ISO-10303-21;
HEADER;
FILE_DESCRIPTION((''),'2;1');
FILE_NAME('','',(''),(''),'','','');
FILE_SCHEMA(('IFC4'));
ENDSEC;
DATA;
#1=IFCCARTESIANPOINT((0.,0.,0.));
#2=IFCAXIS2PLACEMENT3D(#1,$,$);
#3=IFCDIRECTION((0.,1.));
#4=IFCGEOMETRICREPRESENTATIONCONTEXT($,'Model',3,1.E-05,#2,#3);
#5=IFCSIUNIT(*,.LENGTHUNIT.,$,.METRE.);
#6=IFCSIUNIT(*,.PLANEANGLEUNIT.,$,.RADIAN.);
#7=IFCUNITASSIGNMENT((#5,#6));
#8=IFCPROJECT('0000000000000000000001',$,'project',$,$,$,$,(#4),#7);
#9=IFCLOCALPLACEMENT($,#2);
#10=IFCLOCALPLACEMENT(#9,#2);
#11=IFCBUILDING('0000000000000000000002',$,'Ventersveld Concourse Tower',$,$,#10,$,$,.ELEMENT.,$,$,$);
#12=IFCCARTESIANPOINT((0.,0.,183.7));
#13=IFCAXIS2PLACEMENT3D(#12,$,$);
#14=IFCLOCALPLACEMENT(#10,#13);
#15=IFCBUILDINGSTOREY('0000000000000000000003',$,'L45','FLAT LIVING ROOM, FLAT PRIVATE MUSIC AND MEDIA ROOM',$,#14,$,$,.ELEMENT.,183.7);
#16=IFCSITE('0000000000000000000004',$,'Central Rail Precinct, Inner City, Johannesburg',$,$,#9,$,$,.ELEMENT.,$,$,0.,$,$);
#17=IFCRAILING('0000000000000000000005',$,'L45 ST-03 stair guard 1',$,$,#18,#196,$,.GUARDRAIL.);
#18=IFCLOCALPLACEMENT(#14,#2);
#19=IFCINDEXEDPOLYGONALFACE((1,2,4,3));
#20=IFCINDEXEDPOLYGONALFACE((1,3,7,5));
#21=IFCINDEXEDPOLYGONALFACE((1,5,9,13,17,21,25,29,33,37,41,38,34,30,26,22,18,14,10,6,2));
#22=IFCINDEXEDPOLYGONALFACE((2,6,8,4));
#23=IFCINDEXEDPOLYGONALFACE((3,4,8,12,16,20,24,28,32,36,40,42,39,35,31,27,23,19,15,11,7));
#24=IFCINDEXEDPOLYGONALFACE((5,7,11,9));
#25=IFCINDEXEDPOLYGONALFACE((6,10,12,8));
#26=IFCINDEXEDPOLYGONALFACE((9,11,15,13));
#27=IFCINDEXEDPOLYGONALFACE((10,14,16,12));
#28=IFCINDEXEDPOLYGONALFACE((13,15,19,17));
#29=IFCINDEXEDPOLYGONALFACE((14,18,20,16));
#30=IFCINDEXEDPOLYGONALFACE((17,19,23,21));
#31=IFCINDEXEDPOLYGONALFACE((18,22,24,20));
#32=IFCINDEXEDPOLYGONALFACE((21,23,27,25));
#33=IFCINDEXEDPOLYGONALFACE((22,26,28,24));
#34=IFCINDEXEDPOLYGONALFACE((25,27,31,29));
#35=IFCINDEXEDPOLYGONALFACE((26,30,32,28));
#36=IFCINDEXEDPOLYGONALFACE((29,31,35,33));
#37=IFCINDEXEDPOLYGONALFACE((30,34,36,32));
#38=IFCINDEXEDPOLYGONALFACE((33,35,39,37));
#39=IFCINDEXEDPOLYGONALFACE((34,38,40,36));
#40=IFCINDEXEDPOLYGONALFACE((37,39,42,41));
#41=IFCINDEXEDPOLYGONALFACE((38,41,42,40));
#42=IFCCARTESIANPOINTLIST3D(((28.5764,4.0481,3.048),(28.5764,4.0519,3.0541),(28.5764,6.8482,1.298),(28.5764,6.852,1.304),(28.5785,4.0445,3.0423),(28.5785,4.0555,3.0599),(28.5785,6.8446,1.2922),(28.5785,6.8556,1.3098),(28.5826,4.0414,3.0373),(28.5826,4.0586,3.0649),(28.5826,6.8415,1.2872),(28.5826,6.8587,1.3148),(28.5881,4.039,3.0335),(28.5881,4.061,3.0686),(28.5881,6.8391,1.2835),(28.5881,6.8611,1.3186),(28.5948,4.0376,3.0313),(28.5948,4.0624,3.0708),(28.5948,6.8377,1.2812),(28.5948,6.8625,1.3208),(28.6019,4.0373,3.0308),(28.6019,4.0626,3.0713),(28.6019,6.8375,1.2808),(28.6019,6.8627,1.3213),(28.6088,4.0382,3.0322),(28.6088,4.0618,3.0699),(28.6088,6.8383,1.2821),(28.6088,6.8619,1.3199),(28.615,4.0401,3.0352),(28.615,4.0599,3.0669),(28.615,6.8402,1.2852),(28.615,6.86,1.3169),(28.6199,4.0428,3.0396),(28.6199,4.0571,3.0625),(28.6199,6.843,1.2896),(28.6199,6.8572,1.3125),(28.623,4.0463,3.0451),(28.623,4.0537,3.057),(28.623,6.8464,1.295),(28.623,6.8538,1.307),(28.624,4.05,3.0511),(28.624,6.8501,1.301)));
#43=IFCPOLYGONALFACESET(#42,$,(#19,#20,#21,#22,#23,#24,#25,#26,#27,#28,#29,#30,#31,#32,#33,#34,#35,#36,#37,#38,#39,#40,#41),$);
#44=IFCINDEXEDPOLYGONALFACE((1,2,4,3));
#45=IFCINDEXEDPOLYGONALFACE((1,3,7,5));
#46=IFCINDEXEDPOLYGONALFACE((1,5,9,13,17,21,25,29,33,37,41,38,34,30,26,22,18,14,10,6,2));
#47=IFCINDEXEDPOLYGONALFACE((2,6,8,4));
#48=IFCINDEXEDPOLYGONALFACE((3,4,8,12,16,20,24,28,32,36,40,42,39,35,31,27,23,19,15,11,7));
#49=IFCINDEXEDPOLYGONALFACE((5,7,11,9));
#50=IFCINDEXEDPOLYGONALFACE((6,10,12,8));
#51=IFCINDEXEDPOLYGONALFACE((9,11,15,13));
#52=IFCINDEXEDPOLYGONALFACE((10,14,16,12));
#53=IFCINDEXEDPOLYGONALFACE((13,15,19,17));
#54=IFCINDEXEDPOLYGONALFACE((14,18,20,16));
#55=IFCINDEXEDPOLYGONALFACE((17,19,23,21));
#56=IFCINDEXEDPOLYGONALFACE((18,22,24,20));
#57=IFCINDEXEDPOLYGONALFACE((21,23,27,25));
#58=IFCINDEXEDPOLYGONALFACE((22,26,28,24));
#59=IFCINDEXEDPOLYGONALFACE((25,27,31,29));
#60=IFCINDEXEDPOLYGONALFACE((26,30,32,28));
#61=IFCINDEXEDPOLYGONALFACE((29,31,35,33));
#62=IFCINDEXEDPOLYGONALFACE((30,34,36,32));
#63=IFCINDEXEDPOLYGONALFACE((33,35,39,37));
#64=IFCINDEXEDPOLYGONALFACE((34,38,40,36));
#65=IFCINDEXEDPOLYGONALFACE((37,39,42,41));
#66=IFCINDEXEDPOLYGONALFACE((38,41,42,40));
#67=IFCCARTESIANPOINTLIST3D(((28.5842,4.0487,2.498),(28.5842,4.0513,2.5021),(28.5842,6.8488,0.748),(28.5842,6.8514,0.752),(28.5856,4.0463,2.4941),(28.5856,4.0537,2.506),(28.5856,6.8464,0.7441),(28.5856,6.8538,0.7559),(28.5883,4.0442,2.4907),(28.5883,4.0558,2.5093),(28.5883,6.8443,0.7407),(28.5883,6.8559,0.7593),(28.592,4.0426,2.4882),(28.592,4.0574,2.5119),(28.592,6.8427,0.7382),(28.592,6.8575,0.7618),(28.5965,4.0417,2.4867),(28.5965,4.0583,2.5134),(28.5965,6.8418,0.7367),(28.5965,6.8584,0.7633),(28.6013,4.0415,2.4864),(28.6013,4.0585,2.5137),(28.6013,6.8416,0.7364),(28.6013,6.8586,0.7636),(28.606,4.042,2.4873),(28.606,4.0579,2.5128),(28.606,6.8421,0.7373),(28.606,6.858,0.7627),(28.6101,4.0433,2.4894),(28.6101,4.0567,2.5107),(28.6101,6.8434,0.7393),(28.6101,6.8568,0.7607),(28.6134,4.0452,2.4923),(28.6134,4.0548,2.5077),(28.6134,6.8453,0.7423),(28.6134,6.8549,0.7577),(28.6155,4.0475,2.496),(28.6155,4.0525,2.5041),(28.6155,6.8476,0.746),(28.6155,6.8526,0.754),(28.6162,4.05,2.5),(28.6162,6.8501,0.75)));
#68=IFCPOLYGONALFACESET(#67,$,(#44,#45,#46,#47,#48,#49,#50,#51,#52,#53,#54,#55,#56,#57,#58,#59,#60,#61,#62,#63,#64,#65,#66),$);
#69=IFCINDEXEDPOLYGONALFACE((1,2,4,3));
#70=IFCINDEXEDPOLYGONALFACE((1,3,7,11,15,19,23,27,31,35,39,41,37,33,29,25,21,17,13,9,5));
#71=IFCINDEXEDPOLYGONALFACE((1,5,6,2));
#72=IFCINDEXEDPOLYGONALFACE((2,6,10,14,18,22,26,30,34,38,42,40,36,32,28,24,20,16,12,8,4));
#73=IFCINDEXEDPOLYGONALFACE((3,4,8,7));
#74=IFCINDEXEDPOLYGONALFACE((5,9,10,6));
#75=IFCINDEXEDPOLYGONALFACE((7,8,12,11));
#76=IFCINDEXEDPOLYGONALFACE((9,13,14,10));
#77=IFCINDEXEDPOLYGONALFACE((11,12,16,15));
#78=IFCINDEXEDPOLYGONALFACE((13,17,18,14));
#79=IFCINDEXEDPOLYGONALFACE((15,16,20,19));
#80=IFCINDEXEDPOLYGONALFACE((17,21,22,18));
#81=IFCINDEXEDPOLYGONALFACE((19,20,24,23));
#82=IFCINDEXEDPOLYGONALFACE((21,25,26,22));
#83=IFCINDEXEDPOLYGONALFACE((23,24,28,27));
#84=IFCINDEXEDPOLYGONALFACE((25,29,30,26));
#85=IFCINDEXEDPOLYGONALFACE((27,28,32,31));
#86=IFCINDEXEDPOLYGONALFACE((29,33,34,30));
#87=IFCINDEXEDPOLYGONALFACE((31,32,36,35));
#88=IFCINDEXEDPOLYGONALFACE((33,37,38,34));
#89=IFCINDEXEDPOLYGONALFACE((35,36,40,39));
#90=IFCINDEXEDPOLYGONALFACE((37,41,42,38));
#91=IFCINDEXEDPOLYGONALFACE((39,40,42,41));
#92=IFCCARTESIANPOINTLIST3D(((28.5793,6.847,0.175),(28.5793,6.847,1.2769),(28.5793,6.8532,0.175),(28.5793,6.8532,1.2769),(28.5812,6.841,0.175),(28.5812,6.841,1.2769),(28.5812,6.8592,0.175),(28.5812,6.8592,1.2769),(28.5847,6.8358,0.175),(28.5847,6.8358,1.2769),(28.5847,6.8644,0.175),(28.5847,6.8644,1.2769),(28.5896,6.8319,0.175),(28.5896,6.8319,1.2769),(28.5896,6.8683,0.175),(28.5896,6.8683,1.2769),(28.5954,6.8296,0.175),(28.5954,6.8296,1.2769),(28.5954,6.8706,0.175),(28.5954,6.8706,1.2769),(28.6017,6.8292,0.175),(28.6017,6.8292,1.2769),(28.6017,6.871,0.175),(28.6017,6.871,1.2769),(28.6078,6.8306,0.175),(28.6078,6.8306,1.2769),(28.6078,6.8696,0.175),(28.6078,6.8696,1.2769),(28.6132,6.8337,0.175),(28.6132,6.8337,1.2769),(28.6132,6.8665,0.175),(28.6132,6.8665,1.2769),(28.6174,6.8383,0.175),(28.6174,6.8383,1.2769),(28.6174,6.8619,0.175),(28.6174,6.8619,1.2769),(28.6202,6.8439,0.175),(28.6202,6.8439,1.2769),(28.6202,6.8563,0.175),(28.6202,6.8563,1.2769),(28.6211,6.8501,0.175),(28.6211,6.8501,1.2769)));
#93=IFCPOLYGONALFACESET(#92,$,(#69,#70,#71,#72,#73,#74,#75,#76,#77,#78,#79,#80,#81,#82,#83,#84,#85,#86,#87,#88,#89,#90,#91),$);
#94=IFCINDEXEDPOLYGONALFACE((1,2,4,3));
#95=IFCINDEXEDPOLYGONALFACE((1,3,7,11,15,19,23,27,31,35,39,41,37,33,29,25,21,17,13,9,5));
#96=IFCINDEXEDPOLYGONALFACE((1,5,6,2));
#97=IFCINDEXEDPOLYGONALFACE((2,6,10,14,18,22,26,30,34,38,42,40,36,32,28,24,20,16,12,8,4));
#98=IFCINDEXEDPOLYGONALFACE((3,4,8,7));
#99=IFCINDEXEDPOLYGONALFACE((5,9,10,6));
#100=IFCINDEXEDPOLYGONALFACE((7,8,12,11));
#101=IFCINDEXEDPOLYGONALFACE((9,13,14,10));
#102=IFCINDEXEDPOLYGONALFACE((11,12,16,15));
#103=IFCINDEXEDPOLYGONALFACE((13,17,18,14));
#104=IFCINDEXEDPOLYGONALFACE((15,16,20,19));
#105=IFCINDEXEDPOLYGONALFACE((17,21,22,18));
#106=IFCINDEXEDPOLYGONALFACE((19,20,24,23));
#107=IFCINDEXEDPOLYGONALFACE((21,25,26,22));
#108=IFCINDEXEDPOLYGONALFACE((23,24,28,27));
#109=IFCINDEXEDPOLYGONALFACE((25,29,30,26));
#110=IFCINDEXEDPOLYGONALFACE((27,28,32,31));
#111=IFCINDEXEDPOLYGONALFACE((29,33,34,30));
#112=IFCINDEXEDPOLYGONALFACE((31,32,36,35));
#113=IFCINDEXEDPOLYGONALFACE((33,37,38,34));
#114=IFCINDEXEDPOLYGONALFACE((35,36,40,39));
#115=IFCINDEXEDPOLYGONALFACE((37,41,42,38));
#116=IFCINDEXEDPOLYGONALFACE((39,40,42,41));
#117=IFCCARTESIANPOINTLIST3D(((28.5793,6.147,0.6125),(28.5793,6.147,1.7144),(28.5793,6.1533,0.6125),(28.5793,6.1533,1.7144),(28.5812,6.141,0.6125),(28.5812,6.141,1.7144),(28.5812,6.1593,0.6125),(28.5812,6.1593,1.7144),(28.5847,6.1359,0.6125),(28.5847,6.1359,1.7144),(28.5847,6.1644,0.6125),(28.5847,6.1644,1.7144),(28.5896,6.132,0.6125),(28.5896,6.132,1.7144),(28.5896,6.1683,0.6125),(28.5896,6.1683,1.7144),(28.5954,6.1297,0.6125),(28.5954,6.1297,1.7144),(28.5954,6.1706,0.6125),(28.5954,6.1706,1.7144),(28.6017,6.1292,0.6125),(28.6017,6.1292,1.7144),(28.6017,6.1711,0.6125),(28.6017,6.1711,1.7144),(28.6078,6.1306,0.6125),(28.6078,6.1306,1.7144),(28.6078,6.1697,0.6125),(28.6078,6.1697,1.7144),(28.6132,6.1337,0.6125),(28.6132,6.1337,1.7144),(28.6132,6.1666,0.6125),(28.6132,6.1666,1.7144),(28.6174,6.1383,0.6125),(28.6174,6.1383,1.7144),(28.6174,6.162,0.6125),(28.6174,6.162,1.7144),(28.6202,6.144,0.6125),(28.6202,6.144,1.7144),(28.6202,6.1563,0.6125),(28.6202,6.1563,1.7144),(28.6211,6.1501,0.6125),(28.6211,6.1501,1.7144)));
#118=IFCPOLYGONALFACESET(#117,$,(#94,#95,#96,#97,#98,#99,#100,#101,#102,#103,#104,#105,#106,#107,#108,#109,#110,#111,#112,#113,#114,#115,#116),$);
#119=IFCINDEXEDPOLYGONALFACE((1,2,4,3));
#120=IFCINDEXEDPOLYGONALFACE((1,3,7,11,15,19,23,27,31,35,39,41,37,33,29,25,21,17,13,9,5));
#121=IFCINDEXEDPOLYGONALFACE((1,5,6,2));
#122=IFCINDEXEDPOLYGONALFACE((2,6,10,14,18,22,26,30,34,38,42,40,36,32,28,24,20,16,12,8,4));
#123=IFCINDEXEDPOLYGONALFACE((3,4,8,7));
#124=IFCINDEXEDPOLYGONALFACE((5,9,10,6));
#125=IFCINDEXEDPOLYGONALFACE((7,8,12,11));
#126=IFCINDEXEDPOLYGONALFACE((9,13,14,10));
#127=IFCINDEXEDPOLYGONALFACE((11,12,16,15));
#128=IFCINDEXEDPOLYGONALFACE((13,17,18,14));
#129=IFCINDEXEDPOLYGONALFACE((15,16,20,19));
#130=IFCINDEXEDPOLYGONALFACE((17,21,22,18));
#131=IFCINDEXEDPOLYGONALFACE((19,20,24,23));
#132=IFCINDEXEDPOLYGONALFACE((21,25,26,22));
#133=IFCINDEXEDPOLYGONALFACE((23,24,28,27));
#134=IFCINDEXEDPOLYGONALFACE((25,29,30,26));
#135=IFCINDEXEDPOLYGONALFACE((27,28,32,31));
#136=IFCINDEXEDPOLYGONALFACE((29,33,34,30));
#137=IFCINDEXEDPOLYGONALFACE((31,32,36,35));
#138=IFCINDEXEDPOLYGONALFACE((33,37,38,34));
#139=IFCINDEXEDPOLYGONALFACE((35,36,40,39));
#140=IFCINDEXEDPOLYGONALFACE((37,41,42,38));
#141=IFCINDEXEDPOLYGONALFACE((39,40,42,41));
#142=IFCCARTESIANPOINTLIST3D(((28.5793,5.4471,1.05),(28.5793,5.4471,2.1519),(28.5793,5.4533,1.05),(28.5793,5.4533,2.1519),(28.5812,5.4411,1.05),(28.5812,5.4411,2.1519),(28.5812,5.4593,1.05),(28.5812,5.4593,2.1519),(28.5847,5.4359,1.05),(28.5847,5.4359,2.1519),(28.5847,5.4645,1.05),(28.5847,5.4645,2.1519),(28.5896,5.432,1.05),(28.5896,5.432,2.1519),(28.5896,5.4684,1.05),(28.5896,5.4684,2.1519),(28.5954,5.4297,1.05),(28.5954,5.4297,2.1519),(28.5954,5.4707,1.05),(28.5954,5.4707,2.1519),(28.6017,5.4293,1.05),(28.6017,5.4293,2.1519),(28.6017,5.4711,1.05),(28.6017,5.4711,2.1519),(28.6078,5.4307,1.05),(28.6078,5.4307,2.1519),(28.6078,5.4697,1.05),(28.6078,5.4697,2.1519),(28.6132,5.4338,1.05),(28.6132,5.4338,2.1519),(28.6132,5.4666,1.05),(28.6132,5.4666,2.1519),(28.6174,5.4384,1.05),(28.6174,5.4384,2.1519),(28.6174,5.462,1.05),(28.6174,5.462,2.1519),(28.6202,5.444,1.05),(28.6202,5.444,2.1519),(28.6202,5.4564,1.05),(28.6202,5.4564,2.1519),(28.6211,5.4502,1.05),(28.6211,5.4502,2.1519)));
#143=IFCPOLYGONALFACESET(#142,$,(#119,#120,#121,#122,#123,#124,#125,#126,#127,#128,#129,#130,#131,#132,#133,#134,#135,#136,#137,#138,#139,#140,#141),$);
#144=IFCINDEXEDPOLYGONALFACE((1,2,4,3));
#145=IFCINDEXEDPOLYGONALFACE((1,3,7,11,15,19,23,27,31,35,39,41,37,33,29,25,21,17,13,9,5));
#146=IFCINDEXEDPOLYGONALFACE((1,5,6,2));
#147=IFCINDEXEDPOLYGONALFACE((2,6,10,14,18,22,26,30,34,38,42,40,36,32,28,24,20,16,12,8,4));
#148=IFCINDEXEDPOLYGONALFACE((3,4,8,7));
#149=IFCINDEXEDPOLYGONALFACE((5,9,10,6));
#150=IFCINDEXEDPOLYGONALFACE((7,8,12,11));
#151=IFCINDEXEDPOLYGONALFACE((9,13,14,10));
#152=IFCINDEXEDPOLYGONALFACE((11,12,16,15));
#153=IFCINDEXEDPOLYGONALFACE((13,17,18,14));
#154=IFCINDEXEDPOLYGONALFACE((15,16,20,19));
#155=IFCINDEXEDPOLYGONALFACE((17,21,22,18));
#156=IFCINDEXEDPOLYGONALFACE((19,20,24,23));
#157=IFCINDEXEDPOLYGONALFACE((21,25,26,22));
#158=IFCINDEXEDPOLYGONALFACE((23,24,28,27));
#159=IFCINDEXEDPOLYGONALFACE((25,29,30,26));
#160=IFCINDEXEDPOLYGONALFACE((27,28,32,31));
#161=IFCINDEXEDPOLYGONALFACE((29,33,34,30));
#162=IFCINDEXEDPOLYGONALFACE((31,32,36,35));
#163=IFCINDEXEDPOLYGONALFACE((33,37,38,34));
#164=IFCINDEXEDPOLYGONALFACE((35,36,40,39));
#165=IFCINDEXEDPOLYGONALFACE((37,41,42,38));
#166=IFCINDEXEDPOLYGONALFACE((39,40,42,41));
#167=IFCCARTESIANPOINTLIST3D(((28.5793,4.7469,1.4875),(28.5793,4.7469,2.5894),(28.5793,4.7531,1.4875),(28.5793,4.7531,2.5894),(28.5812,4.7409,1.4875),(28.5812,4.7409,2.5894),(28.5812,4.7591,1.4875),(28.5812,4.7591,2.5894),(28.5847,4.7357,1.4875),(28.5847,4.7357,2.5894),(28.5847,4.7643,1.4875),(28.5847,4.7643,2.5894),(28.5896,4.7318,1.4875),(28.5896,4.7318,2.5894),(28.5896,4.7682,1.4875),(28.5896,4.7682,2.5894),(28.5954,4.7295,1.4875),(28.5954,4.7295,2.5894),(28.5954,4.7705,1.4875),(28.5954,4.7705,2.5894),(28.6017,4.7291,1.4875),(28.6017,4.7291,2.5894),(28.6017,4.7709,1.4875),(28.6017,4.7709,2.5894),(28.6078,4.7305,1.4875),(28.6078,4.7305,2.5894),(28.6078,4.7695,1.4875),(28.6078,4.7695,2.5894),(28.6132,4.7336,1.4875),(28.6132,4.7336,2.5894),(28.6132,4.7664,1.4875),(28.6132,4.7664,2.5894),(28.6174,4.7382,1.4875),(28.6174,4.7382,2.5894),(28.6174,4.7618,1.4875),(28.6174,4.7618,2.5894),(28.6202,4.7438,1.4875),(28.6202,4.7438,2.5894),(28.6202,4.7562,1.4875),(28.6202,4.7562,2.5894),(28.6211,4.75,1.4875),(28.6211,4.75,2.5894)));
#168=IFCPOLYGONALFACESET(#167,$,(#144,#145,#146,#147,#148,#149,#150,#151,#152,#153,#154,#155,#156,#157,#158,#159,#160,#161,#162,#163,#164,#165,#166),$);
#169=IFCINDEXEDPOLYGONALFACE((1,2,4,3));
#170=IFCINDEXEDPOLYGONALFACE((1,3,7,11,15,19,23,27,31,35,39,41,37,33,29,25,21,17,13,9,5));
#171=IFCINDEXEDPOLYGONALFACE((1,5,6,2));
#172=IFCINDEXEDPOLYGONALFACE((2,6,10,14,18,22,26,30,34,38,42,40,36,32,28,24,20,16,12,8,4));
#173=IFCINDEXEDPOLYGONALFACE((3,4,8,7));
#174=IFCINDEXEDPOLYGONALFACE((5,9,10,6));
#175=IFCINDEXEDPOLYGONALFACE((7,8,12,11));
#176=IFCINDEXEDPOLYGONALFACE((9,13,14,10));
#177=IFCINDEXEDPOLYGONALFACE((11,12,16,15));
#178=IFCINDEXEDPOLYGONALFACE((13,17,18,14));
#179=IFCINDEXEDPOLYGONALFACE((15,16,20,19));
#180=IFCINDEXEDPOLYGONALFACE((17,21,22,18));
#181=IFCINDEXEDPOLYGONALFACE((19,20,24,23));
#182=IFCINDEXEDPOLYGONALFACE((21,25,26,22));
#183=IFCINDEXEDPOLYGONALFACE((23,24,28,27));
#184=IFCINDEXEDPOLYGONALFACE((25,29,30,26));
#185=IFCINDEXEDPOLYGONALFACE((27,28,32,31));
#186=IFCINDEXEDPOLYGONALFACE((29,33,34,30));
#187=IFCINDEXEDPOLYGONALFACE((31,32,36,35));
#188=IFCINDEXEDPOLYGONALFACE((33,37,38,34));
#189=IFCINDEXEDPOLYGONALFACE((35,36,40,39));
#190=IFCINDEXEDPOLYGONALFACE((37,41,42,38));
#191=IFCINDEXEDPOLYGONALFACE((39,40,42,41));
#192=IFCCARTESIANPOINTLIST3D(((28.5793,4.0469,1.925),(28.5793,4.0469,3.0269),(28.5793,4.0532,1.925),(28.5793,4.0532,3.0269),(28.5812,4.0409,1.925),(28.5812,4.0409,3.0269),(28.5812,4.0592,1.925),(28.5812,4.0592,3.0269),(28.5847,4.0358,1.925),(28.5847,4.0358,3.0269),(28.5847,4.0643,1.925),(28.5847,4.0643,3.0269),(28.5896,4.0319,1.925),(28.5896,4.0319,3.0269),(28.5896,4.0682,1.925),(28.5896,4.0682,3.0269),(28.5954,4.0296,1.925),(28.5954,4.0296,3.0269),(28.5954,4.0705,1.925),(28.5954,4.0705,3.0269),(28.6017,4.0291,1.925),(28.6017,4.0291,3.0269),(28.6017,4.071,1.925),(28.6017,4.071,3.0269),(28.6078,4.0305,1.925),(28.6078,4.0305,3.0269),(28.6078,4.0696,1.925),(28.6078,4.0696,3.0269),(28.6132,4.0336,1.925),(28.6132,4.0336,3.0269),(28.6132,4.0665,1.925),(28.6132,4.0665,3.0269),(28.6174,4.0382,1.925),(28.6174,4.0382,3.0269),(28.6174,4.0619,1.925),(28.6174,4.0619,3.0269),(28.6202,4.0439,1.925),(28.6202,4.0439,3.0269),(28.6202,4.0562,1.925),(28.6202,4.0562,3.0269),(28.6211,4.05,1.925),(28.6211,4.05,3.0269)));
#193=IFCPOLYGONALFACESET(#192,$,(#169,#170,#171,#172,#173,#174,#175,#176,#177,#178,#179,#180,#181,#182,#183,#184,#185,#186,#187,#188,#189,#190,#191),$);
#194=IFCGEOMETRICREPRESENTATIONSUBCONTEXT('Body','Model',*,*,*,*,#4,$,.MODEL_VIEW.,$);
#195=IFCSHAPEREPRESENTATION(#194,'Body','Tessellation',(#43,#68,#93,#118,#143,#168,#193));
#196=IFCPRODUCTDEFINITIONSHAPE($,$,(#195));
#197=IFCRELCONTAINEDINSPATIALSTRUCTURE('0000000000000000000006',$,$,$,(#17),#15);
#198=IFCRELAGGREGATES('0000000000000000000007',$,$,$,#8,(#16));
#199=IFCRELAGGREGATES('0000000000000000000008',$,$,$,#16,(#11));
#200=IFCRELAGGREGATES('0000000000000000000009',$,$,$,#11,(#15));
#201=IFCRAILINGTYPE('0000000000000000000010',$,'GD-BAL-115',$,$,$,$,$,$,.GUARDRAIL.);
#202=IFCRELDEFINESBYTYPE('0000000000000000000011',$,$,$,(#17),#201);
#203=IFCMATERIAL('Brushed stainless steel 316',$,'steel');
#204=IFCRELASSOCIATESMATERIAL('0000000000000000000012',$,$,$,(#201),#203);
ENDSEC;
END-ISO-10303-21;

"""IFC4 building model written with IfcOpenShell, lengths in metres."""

from ifc_helpers import new_model, si_unit, direction, frame, origin, origin_2d, place, context, subcontext, project, spatial, circle, extrude, material, type_object, element, save


model = new_model("IFC4")

# Units and contexts
model_context = context("Model", 3, precision=1e-05, world=origin(), true_north=direction((0.0, 1.0)))
body_context = subcontext(model_context, "Body", "Model", "MODEL_VIEW")
ifc_project = project(units=[si_unit("LENGTHUNIT", "METRE"), si_unit("PLANEANGLEUNIT", "RADIAN")], contexts=[model_context])

# Site, building, storey
site_placement = place(None, origin())
site = spatial("IfcSite", under=ifc_project, at=site_placement, Name="Central Rail Precinct, Inner City, Johannesburg", CompositionType="ELEMENT", RefElevation=0.0)
building_placement = place(site_placement, origin())
building = spatial("IfcBuilding", under=site, at=building_placement, Name="Ventersveld Concourse Tower", CompositionType="ELEMENT")
storey_placement = place(building_placement, frame((0.0, 0.0, 183.7)))
storey = spatial("IfcBuildingStorey", under=building, at=storey_placement, Name="L45", Description="FLAT LIVING ROOM, FLAT PRIVATE MUSIC AND MEDIA ROOM", CompositionType="ELEMENT", Elevation=183.7)

# Shared definitions
ifc_material_1 = material(Name="Brushed stainless steel 316", Category="steel")

# Railing
railing_type_1 = type_object("IfcRailingType", Name="GD-BAL-115", PredefinedType="GUARDRAIL", material=ifc_material_1)
railing_1_placement = place(storey_placement, frame((28.6001, 6.8501, 0.175)))
element("IfcRailing", 1, at=railing_1_placement, inside=storey, type_object=railing_type_1, Name="L45 ST-03 stair guard 1", PredefinedType="GUARDRAIL", context=body_context, shape_type="SweptSolid", body=[
    extrude(circle(Radius=0.0239, at=origin_2d()), frame((0.0, 0.0, 1.126), z_axis=(0.0, -0.848002, 0.529992), x_axis=(1.0, 0.0, 0.0)), (0.0, 0.0, 1.0), 3.302),
    extrude(circle(Radius=0.0161, at=origin_2d()), frame((0.0, 0.0, 0.575), z_axis=(0.0, -0.848002, 0.529992), x_axis=(1.0, 0.0, 0.0)), (0.0, 0.0, 1.0), 3.302),
    extrude(circle(Radius=0.021, at=origin_2d()), origin(), (0.0, 0.0, 1.0), 1.1018),
    extrude(circle(Radius=0.021, at=origin_2d()), frame((0.0, -0.7, 0.4375)), (0.0, 0.0, 1.0), 1.1018),
    extrude(circle(Radius=0.021, at=origin_2d()), frame((0.0, -1.3999, 0.875)), (0.0, 0.0, 1.0), 1.1018),
    extrude(circle(Radius=0.021, at=origin_2d()), frame((0.0, -2.1001, 1.3125)), (0.0, 0.0, 1.0), 1.1018),
    extrude(circle(Radius=0.021, at=origin_2d()), frame((0.0, -2.8, 1.75)), (0.0, 0.0, 1.0), 1.1018),
])

save(model, "model.ifc")
